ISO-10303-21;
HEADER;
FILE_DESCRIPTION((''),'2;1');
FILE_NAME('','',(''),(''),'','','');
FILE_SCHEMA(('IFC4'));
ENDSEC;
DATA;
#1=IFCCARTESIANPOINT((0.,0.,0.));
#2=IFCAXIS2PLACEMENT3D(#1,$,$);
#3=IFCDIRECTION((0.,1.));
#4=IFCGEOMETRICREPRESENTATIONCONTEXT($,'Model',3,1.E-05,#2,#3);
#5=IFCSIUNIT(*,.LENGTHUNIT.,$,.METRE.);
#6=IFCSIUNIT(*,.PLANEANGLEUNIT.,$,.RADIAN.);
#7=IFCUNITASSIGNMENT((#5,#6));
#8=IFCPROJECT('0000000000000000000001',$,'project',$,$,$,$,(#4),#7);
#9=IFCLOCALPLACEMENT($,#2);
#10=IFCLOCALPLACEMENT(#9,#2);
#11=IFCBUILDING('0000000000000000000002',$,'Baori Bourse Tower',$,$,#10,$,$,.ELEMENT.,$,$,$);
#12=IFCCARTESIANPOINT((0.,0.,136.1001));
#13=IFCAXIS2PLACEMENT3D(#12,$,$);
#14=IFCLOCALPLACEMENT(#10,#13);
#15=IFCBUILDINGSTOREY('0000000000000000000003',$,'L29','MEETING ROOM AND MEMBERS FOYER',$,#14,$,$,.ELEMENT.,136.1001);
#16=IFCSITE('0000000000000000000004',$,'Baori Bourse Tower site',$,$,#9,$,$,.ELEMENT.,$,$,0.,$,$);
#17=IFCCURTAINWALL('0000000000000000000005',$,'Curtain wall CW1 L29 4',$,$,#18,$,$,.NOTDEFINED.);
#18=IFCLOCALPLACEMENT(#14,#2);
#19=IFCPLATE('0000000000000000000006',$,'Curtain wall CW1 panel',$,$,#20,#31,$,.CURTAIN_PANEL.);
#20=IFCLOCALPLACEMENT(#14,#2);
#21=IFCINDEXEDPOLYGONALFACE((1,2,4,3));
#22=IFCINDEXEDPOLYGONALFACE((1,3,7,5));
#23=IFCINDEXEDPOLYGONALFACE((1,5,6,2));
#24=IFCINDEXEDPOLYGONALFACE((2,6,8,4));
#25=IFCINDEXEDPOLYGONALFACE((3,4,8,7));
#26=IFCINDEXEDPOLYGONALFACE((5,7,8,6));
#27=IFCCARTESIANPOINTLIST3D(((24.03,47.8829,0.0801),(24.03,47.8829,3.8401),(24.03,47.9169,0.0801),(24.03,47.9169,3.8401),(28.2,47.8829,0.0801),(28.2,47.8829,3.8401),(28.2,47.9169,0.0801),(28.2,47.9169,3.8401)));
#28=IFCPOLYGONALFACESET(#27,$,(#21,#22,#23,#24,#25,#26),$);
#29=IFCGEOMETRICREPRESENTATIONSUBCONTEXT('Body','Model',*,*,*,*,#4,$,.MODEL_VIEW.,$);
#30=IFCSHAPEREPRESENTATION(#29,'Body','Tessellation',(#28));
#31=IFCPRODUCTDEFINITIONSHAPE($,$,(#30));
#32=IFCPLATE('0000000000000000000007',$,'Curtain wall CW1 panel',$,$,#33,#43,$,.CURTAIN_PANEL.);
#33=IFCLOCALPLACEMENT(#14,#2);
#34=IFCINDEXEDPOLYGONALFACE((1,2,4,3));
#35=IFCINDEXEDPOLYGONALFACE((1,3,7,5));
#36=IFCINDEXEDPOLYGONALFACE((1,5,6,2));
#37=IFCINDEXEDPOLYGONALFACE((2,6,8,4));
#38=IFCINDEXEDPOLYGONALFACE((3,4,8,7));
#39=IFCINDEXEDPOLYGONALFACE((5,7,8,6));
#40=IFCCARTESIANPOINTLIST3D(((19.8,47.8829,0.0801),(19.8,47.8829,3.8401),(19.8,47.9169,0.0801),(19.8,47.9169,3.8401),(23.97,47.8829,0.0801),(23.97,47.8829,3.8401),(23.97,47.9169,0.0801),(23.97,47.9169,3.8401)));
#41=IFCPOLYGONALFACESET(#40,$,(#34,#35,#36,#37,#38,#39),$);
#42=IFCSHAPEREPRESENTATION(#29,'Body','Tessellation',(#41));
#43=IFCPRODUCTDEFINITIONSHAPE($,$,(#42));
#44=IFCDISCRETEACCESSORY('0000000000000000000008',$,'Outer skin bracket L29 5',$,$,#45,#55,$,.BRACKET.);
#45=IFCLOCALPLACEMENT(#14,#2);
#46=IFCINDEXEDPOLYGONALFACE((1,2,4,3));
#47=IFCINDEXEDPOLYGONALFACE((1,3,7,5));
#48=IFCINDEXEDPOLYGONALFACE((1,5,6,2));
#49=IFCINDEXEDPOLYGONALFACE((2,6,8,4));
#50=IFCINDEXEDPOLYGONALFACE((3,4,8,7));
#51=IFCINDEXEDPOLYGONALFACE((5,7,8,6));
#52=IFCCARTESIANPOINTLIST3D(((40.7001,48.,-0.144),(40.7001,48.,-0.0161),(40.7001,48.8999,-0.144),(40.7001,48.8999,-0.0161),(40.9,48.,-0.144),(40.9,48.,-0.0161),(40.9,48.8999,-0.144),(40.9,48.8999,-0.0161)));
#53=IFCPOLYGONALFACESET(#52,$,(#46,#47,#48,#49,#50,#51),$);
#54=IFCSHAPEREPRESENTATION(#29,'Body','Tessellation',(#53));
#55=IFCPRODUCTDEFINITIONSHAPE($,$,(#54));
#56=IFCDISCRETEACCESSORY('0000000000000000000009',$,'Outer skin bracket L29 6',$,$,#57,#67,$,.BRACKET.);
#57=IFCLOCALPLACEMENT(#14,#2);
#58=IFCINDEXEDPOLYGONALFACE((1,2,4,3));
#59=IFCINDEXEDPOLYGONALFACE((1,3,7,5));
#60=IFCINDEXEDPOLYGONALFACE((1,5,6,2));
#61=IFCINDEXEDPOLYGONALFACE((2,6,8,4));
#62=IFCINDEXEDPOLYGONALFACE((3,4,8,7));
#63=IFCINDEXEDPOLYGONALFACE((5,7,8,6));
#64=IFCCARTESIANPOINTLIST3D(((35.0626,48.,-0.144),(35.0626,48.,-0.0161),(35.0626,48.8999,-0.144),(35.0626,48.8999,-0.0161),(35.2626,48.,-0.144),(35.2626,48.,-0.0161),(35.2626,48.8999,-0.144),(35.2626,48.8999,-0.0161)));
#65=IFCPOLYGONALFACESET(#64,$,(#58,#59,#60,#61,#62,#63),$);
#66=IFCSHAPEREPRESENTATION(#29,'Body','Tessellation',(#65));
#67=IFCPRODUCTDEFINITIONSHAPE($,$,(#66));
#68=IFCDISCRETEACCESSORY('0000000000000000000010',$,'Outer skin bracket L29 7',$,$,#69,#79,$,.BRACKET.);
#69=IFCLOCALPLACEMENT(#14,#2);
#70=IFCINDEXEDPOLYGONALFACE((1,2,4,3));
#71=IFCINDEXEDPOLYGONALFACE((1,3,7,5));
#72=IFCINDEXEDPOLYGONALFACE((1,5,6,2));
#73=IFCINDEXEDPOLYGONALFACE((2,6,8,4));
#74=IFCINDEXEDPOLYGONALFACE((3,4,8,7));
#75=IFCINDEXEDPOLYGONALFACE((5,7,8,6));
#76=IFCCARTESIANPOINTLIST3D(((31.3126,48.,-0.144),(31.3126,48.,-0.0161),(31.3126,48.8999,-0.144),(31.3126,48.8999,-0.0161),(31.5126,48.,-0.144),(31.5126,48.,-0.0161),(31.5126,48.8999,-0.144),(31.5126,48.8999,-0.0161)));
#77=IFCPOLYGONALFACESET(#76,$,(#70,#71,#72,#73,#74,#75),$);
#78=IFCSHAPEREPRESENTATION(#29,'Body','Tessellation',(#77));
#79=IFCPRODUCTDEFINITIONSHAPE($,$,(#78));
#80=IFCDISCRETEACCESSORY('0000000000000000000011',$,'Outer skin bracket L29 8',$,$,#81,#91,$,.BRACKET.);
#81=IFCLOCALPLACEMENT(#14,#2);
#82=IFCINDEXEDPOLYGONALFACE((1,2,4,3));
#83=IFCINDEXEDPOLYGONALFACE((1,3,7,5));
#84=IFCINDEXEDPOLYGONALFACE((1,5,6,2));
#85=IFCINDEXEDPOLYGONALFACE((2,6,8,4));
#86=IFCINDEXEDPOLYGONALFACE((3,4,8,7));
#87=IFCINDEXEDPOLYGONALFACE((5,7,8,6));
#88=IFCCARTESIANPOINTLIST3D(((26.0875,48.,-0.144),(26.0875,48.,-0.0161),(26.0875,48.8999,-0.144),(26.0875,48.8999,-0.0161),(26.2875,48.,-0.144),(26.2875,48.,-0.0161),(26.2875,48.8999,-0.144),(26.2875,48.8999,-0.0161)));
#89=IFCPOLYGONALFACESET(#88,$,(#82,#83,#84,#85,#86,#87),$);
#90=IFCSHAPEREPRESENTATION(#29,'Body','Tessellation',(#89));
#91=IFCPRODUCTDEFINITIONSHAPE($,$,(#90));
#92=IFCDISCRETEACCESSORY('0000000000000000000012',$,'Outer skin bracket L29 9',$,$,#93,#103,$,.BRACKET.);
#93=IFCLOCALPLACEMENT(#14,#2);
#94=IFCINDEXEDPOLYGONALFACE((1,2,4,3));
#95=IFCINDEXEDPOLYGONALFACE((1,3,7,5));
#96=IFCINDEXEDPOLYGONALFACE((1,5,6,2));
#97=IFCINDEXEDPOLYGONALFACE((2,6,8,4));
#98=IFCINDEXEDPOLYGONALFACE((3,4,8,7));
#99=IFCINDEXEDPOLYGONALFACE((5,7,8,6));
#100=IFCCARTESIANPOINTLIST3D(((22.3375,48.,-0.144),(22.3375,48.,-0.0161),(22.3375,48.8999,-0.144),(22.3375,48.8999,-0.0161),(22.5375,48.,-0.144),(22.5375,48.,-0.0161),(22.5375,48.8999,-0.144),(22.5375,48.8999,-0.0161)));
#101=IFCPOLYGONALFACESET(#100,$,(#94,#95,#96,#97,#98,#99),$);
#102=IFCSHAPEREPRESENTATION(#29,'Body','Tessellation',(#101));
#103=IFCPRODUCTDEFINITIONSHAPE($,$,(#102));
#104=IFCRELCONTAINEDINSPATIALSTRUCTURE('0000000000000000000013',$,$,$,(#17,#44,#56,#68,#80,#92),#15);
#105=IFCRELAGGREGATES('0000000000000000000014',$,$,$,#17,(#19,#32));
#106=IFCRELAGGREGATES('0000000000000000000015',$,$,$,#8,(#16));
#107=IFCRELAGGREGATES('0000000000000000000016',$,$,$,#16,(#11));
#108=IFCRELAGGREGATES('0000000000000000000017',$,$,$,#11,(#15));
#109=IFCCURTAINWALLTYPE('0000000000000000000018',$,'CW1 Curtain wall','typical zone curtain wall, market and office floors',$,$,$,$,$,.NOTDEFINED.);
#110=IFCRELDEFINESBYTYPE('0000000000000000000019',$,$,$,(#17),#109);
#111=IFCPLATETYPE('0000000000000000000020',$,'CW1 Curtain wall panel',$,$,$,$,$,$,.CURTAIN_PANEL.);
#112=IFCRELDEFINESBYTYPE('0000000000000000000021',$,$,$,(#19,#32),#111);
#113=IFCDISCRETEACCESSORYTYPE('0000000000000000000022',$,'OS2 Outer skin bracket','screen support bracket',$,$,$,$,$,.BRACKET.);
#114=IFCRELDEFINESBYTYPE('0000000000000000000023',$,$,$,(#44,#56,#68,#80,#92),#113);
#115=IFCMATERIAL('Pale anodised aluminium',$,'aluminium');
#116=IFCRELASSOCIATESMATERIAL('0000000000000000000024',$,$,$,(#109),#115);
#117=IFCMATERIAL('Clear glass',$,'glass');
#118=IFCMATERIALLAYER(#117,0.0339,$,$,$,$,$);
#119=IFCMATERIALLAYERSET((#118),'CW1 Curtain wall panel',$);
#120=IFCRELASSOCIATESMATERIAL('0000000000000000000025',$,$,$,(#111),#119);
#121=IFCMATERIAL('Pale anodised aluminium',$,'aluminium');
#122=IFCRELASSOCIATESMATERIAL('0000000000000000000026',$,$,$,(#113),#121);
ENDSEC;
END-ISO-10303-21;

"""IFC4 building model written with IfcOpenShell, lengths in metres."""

from ifc_helpers import new_model, si_unit, direction, frame, origin, origin_2d, place, context, subcontext, project, spatial, rectangle, extrude, material, layer, layer_set, type_object, element, aggregate, save


model = new_model("IFC4")

# Units and contexts
model_context = context("Model", 3, precision=1e-05, world=origin(), true_north=direction((0.0, 1.0)))
body_context = subcontext(model_context, "Body", "Model", "MODEL_VIEW")
ifc_project = project(units=[si_unit("LENGTHUNIT", "METRE"), si_unit("PLANEANGLEUNIT", "RADIAN")], contexts=[model_context])

# Site, building, storey
site_placement = place(None, origin())
site = spatial("IfcSite", under=ifc_project, at=site_placement, Name="Baori Bourse Tower site", CompositionType="ELEMENT", RefElevation=0.0)
building_placement = place(site_placement, origin())
building = spatial("IfcBuilding", under=site, at=building_placement, Name="Baori Bourse Tower", CompositionType="ELEMENT")
storey_placement = place(building_placement, frame((0.0, 0.0, 136.1001)))
storey = spatial("IfcBuildingStorey", under=building, at=storey_placement, Name="L29", Description="MEETING ROOM AND MEMBERS FOYER", CompositionType="ELEMENT", Elevation=136.1001)

# Curtain wall
ifc_material_1 = material(Name="Pale anodised aluminium", Category="aluminium")
curtain_wall_type = type_object("IfcCurtainWallType", Name="CW1 Curtain wall", Description="typical zone curtain wall, market and office floors", PredefinedType="NOTDEFINED", material=ifc_material_1)
curtain_wall_placement = place(storey_placement, origin())
curtain_wall = element("IfcCurtainWall", 1, at=curtain_wall_placement, inside=storey, type_object=curtain_wall_type, Name="Curtain wall CW1 L29 4", PredefinedType="NOTDEFINED")

# Plates
ifc_material_2 = material(Name="Clear glass", Category="glass")
ifc_layer = layer(ifc_material_2, 0.0339)
ifc_layer_set = layer_set([ifc_layer], Name="CW1 Curtain wall panel")
plate_type = type_object("IfcPlateType", Name="CW1 Curtain wall panel", PredefinedType="CURTAIN_PANEL", material=ifc_layer_set)
plate_1_placement = place(storey_placement, frame((26.115, 47.8999, 0.0801), z_axis=(0.0, 0.0, 1.0), x_axis=(-1.0, 0.0, 0.0)))
plate_1 = element("IfcPlate", 2, at=plate_1_placement, type_object=plate_type, Name="Curtain wall CW1 panel", PredefinedType="CURTAIN_PANEL", context=body_context, shape_type="SweptSolid", body=[
    extrude(rectangle(XDim=4.1699, YDim=0.0339, at=origin_2d()), origin(), (0.0, 0.0, 1.0), 3.76),
])
plate_2_placement = place(storey_placement, frame((21.885, 47.8999, 0.0801), z_axis=(0.0, 0.0, 1.0), x_axis=(-1.0, 0.0, 0.0)))
plate_2 = element("IfcPlate", 3, at=plate_2_placement, type_object=plate_type, Name="Curtain wall CW1 panel", PredefinedType="CURTAIN_PANEL", context=body_context, shape_type="SweptSolid", body=[
    extrude(rectangle(XDim=4.1699, YDim=0.0339, at=origin_2d()), origin(), (0.0, 0.0, 1.0), 3.76),
])
aggregate(curtain_wall, [plate_1, plate_2])

# Discrete accessories
ifc_material_3 = material(Name="Pale anodised aluminium", Category="aluminium")
discrete_accessory_type = type_object("IfcDiscreteAccessoryType", Name="OS2 Outer skin bracket", Description="screen support bracket", PredefinedType="BRACKET", material=ifc_material_3)
for number, where, z_axis, x_axis, name in (
    (4, (40.8, 48.45, -0.144), (0.0, 0.0, 1.0), (-1.0, 0.0, 0.0), "Outer skin bracket L29 5"),
    (5, (35.1626, 48.45, -0.144), (0.0, 0.0, 1.0), (-1.0, 0.0, 0.0), "Outer skin bracket L29 6"),
    (6, (31.4126, 48.45, -0.144), (0.0, 0.0, 1.0), (-1.0, 0.0, 0.0), "Outer skin bracket L29 7"),
    (7, (26.1875, 48.45, -0.144), (0.0, 0.0, 1.0), (-1.0, 0.0, 0.0), "Outer skin bracket L29 8"),
    (8, (22.4375, 48.45, -0.144), (0.0, 0.0, 1.0), (-1.0, 0.0, 0.0), "Outer skin bracket L29 9"),
):
    element("IfcDiscreteAccessory", number, at=place(storey_placement, frame(where, z_axis=z_axis, x_axis=x_axis)), inside=storey, type_object=discrete_accessory_type, Name=name, PredefinedType="BRACKET", context=body_context, shape_type="SweptSolid", body=[
        extrude(rectangle(XDim=0.2, YDim=0.8999, at=origin_2d()), origin(), (0.0, 0.0, 1.0), 0.1279),
    ])

save(model, "model.ifc")
